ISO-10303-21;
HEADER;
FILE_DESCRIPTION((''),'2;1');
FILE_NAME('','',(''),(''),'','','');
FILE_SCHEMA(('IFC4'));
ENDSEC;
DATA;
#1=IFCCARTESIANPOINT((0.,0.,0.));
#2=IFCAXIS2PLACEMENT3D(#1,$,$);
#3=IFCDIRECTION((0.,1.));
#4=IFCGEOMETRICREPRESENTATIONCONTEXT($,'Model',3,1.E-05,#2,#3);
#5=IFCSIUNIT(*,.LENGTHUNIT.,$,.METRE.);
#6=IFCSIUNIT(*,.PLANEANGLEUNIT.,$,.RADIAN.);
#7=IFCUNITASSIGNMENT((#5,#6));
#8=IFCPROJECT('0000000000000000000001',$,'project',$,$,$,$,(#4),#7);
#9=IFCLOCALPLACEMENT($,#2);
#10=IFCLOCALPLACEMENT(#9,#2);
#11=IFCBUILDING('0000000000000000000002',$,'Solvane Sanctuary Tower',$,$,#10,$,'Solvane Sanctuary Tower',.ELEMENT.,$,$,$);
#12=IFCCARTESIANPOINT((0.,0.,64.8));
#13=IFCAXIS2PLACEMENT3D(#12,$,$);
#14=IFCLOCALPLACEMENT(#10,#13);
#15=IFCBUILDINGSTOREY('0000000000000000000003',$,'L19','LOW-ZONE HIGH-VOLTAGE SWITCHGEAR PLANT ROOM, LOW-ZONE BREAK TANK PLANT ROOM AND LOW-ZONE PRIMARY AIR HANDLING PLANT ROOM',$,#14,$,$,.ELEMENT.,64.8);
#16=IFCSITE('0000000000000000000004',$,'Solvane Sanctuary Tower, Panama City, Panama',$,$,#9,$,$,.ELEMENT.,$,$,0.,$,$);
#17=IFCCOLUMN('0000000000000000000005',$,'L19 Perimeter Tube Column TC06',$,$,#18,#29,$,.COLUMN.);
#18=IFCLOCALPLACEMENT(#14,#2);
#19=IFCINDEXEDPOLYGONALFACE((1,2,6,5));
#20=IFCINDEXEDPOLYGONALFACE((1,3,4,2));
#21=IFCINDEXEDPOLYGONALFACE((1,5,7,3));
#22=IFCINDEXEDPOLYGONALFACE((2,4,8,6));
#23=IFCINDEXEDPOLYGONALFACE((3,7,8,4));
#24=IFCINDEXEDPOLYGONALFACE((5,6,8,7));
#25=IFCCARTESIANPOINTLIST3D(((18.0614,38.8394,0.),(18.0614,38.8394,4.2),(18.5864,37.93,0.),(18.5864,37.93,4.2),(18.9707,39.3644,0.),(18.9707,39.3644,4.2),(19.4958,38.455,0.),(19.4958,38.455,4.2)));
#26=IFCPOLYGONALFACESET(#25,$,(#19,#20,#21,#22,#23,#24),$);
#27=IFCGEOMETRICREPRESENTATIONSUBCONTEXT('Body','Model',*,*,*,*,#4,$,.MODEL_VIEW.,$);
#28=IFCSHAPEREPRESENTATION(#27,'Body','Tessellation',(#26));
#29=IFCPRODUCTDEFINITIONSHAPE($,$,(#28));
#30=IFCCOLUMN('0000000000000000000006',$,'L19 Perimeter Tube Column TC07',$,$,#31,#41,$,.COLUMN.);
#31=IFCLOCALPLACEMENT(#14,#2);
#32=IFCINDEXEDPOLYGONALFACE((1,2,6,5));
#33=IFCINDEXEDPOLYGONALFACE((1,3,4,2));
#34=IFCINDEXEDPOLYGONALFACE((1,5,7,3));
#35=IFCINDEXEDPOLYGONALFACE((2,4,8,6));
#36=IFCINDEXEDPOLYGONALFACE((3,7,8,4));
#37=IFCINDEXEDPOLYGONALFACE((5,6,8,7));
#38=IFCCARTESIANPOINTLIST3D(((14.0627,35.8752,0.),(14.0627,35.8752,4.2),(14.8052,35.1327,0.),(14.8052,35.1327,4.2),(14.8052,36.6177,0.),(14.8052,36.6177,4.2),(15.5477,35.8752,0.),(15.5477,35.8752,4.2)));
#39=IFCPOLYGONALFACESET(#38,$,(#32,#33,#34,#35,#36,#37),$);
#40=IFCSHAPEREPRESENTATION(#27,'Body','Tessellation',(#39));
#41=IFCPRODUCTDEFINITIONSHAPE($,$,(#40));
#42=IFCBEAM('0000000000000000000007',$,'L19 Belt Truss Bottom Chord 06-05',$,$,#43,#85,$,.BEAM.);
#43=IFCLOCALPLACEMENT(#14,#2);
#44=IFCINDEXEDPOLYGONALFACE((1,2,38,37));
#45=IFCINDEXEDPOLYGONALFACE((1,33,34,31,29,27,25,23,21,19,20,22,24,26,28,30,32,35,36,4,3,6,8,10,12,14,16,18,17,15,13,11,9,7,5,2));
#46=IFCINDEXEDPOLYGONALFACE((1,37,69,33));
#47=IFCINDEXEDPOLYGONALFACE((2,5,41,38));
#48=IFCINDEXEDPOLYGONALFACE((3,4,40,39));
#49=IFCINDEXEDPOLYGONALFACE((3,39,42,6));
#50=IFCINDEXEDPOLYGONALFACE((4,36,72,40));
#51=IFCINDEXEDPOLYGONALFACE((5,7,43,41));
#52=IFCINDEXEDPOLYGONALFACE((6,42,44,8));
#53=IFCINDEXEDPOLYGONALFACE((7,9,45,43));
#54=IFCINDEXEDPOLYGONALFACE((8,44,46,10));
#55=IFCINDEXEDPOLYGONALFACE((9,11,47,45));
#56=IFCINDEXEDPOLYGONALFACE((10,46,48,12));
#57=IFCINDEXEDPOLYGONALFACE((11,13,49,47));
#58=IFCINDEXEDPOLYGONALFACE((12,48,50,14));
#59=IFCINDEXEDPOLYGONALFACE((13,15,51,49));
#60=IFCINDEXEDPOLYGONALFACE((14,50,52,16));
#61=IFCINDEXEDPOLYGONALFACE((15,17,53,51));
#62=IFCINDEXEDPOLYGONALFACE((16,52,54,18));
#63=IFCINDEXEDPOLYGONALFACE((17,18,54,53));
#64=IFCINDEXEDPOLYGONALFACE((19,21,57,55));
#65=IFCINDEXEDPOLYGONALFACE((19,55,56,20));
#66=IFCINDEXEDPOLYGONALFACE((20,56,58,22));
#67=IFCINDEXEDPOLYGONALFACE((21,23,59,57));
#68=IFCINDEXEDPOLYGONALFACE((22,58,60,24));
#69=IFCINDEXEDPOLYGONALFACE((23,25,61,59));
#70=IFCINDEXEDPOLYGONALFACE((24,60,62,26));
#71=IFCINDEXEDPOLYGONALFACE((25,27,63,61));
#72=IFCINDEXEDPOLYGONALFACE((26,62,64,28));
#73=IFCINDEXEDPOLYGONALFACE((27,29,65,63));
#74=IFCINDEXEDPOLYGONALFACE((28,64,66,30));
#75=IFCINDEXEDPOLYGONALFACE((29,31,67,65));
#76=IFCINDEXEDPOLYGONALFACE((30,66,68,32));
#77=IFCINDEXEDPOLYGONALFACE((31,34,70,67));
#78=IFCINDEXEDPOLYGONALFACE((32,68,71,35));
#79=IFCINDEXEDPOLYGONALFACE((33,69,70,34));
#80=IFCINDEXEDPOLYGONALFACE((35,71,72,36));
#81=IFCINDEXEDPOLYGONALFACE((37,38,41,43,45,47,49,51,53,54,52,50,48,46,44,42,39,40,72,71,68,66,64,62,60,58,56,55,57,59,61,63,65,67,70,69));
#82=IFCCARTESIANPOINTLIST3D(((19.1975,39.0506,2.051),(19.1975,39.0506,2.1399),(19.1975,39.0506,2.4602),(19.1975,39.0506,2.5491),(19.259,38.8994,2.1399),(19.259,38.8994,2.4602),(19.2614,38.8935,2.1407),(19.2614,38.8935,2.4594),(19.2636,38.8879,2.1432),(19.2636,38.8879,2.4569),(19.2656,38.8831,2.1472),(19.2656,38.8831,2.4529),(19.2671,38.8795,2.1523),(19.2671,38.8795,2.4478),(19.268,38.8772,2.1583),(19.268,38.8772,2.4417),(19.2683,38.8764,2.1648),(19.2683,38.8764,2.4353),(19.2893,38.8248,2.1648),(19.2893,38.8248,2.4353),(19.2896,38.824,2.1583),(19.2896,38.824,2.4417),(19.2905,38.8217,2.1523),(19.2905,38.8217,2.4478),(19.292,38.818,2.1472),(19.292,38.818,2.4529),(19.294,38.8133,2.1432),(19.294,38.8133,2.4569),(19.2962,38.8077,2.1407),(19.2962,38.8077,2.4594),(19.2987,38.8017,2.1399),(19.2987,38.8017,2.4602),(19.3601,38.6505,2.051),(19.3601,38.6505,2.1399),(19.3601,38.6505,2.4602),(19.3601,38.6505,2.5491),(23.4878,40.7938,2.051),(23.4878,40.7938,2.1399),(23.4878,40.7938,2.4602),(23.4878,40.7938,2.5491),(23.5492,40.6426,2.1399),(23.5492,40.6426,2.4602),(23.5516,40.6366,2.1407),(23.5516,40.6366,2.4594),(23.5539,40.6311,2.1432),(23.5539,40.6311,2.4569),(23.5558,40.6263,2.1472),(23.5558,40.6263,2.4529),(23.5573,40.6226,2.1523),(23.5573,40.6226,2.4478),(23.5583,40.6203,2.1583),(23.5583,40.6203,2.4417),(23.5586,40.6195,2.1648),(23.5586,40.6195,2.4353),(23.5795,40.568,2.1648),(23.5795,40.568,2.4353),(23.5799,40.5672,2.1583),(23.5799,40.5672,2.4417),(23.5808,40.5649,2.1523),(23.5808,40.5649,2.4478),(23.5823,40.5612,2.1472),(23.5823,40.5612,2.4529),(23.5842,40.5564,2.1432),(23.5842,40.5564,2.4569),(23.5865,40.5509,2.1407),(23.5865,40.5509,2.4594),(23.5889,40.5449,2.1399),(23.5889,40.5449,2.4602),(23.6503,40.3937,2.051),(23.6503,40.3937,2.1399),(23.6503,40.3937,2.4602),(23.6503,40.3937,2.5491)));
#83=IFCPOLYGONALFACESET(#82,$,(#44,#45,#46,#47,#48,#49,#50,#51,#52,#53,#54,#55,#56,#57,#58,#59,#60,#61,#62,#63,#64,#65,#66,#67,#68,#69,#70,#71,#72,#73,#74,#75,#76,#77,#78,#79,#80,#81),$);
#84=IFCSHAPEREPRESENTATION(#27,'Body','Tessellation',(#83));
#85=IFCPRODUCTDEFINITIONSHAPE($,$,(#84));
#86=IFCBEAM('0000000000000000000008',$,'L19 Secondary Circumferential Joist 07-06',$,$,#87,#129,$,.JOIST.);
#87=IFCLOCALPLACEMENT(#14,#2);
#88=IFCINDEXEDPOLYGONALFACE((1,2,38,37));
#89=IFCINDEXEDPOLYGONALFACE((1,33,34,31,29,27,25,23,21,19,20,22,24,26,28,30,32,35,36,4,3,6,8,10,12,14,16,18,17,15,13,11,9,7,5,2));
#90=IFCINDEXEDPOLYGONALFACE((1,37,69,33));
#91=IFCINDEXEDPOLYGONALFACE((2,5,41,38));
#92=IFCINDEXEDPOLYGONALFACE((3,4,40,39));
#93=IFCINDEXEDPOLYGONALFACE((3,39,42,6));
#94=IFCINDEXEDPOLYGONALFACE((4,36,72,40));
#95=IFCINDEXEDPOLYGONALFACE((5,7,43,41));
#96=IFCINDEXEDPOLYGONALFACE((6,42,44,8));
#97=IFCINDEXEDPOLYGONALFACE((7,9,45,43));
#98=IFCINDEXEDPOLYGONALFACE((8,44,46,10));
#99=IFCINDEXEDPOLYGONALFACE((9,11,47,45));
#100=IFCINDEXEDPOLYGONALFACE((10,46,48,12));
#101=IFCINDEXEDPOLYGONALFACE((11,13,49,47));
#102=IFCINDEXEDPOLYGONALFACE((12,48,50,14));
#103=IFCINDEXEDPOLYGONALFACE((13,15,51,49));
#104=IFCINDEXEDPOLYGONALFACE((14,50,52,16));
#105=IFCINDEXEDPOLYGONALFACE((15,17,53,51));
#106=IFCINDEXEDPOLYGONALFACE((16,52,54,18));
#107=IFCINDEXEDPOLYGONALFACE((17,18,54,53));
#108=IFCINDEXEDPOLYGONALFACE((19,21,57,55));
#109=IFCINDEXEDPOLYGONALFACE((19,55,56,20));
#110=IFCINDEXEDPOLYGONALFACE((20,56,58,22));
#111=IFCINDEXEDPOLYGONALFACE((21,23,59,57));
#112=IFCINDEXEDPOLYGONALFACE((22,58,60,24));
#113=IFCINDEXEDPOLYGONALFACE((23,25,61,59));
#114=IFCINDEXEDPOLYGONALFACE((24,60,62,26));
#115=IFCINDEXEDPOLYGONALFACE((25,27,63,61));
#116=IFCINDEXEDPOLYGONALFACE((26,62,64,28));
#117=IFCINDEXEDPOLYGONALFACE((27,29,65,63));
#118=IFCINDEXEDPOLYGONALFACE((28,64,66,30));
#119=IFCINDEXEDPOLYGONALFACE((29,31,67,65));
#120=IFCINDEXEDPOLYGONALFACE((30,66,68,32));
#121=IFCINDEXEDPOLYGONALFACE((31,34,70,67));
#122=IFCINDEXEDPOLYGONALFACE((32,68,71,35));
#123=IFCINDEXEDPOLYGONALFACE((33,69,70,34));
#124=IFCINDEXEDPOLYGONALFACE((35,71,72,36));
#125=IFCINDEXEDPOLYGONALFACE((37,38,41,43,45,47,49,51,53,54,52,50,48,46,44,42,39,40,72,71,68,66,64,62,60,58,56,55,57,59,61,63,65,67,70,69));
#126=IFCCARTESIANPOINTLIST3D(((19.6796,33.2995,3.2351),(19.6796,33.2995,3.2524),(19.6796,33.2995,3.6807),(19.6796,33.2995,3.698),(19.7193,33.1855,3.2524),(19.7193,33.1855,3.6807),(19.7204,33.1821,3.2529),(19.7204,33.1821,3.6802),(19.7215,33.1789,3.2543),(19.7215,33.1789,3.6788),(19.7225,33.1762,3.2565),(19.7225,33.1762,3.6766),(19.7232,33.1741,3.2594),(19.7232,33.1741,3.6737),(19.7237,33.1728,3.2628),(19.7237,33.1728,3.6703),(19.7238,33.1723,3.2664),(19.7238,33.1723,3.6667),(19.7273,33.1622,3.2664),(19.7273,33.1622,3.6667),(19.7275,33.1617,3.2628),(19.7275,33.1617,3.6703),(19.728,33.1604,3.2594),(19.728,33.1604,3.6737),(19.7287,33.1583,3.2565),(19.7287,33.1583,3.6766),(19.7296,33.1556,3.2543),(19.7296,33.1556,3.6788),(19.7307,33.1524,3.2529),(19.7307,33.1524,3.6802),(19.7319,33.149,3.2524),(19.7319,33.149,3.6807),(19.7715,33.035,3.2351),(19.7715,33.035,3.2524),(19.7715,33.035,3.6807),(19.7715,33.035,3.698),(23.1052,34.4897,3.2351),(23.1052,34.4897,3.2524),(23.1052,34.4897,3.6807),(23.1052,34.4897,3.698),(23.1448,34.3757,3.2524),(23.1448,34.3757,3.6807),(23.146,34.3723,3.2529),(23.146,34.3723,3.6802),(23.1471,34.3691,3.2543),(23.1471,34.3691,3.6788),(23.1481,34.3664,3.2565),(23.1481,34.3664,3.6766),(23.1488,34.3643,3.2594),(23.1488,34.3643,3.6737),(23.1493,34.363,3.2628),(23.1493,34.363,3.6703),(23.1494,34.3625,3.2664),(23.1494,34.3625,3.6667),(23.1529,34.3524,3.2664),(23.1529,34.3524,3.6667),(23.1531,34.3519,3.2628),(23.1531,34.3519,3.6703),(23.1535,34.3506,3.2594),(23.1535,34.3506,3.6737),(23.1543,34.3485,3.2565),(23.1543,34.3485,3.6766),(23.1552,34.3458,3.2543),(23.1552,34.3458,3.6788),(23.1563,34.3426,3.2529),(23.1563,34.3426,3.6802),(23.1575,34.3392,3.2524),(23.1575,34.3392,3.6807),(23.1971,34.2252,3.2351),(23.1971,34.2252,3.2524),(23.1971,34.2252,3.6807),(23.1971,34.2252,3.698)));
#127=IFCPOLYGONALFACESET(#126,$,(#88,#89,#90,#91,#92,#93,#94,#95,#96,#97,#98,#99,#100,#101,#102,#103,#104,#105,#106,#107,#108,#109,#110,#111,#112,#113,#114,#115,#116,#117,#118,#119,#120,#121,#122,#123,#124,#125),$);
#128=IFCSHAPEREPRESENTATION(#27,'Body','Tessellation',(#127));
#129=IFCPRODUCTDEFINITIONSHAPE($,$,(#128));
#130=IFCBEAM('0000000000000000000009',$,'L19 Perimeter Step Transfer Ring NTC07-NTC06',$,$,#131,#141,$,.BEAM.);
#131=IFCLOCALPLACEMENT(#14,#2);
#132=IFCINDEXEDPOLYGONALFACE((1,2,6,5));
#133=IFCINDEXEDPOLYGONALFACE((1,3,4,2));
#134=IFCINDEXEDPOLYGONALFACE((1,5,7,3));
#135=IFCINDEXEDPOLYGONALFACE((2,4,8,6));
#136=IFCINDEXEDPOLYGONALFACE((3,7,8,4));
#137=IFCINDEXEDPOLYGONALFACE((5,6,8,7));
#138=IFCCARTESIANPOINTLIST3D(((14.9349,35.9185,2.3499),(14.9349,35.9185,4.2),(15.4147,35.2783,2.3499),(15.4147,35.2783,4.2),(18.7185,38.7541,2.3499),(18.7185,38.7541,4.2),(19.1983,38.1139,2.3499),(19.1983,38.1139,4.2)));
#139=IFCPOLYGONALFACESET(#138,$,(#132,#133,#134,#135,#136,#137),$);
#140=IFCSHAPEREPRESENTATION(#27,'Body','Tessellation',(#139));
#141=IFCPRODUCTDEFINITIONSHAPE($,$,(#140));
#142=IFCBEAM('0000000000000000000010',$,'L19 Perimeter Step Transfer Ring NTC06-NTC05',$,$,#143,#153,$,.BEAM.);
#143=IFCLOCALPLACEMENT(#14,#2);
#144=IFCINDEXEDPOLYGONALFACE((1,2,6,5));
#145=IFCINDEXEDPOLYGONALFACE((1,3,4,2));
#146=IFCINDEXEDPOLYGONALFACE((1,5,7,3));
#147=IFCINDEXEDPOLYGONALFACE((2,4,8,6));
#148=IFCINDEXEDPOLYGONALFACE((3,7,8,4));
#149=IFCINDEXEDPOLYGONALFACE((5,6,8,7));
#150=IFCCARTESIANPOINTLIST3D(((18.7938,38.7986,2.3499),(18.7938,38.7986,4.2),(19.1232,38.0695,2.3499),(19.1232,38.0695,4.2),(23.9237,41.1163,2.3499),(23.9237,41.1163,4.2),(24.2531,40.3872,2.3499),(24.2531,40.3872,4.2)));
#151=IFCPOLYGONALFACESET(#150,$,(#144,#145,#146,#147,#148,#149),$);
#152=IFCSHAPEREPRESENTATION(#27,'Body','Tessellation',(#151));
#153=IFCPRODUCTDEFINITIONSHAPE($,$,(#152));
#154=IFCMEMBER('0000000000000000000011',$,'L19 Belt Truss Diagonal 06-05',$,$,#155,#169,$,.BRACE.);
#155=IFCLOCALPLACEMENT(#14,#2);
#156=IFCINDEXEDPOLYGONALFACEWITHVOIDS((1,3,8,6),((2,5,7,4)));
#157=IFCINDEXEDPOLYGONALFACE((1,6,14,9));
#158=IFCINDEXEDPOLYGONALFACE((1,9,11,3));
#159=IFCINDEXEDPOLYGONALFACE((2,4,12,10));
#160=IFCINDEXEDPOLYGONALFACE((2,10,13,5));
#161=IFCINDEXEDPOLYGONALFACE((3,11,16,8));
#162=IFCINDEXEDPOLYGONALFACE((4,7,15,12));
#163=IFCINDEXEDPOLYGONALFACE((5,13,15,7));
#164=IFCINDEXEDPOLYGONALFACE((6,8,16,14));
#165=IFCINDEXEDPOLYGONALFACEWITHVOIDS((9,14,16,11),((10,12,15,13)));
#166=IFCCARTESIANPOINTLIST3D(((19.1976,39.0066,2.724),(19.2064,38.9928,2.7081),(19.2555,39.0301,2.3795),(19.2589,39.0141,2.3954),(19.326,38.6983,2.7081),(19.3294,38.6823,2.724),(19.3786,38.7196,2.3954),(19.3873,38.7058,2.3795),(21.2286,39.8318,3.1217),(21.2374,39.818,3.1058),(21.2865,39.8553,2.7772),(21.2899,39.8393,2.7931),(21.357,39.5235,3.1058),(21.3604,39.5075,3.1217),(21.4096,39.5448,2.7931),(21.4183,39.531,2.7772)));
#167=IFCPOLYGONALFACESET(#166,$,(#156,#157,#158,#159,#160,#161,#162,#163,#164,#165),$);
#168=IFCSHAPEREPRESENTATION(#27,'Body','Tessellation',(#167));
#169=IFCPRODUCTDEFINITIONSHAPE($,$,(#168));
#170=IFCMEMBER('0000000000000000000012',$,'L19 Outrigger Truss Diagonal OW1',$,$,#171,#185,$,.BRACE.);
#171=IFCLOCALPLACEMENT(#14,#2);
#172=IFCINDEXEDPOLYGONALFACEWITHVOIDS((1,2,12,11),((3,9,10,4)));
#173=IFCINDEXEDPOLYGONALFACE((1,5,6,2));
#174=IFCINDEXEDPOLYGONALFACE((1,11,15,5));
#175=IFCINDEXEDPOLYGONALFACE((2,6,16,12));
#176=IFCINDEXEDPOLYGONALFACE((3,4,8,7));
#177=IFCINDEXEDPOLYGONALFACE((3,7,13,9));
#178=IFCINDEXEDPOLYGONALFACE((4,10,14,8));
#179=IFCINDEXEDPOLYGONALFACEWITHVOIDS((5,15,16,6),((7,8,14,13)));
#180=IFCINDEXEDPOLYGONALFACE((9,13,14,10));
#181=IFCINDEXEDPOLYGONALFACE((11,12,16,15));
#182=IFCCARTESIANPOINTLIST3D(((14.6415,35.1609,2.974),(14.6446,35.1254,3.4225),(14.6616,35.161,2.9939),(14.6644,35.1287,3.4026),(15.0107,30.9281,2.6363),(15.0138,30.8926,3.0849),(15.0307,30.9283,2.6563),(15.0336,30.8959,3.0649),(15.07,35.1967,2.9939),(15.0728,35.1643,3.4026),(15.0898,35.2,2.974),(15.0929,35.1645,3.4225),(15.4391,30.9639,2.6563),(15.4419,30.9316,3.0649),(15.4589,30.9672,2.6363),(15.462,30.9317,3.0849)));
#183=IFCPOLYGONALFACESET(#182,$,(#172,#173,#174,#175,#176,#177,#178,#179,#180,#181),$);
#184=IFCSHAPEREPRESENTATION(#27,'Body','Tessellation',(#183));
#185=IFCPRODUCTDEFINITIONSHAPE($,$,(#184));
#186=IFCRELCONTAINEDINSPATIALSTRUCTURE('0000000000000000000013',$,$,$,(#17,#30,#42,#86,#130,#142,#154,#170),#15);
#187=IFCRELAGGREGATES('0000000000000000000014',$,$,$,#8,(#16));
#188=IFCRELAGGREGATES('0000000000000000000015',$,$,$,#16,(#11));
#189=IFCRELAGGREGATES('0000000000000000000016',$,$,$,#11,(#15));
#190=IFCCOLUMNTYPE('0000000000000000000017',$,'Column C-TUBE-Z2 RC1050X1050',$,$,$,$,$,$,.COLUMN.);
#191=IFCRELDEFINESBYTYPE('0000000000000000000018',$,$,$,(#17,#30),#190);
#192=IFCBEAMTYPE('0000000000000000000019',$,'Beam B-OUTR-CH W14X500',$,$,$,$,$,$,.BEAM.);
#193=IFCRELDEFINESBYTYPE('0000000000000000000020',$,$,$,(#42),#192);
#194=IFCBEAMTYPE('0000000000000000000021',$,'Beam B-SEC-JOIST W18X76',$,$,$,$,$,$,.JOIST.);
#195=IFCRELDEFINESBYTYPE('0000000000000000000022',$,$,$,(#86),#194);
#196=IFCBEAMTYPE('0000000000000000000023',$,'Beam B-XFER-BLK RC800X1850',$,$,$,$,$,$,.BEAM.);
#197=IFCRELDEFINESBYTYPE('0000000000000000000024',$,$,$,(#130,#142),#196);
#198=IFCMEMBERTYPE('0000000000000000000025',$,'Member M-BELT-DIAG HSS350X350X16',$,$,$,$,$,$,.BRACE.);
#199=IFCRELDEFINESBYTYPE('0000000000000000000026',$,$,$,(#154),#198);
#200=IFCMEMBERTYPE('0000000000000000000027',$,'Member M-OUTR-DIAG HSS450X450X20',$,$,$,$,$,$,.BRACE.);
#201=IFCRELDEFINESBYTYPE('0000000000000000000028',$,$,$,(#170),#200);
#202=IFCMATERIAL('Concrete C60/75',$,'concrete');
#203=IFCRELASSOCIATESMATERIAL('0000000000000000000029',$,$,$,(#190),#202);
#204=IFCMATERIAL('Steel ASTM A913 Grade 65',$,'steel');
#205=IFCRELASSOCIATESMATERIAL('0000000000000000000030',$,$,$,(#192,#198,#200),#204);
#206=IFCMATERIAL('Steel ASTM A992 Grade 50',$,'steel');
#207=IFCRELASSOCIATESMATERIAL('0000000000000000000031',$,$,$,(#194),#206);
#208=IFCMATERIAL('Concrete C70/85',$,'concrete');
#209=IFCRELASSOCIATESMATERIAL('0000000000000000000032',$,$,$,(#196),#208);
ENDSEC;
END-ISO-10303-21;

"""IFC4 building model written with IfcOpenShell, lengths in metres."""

from ifc_helpers import new_model, si_unit, direction, frame, origin, origin_2d, place, context, subcontext, project, spatial, rectangle, hollow_rectangle, i_section, extrude, material, material_profile, profile_set, type_object, element, save


model = new_model("IFC4")

# Units and contexts
model_context = context("Model", 3, precision=1e-05, world=origin(), true_north=direction((0.0, 1.0)))
body_context = subcontext(model_context, "Body", "Model", "MODEL_VIEW")
ifc_project = project(units=[si_unit("LENGTHUNIT", "METRE"), si_unit("PLANEANGLEUNIT", "RADIAN")], contexts=[model_context])

# Site, building, storey
site_placement = place(None, origin())
site = spatial("IfcSite", under=ifc_project, at=site_placement, Name="Solvane Sanctuary Tower, Panama City, Panama", CompositionType="ELEMENT", RefElevation=0.0)
building_placement = place(site_placement, origin())
building = spatial("IfcBuilding", under=site, at=building_placement, Name="Solvane Sanctuary Tower", LongName="Solvane Sanctuary Tower", CompositionType="ELEMENT")
storey_placement = place(building_placement, frame((0.0, 0.0, 64.8)))
storey = spatial("IfcBuildingStorey", under=building, at=storey_placement, Name="L19", Description="LOW-ZONE HIGH-VOLTAGE SWITCHGEAR PLANT ROOM, LOW-ZONE BREAK TANK PLANT ROOM AND LOW-ZONE PRIMARY AIR HANDLING PLANT ROOM", CompositionType="ELEMENT", Elevation=64.8)

# Columns
ifc_material_1 = material(Name="Concrete C60/75", Category="concrete")
ifc_material_profile_1 = material_profile(ifc_material_1, rectangle(XDim=1.05, YDim=1.05, at=origin_2d()), Name="RC1050X1050")
ifc_profile_set_1 = profile_set([ifc_material_profile_1], Name="Concrete C60/75")
column_type = type_object("IfcColumnType", Name="Column C-TUBE-Z2 RC1050X1050", PredefinedType="COLUMN", material=ifc_profile_set_1)
for number, where, z_axis, x_axis, name in (
    (1, (18.7786, 38.6472, 0.0), (0.0, 0.0, 1.0), (-0.5, 0.866025, 0.0), "L19 Perimeter Tube Column TC06"),
    (2, (14.8052, 35.8752, 0.0), (0.0, 0.0, 1.0), (-0.707107, 0.707107, 0.0), "L19 Perimeter Tube Column TC07"),
):
    element("IfcColumn", number, at=place(storey_placement, frame(where, z_axis=z_axis, x_axis=x_axis)), inside=storey, type_object=column_type, Name=name, PredefinedType="COLUMN", context=body_context, shape_type="SweptSolid", body=[
        extrude(rectangle(XDim=1.05, YDim=1.05, at=origin_2d()), origin(), (0.0, 0.0, 1.0), 4.2),
    ])

# Beams
ifc_material_2 = material(Name="Steel ASTM A913 Grade 65", Category="steel")
ifc_material_profile_2 = material_profile(ifc_material_2, i_section(OverallWidth=0.4319, OverallDepth=0.498, WebThickness=0.0557, FlangeThickness=0.0889, FilletRadius=0.0249, at=origin_2d()), Name="W14X500")
ifc_profile_set_2 = profile_set([ifc_material_profile_2], Name="Steel ASTM A913 Grade 65")
beam_type_1 = type_object("IfcBeamType", Name="Beam B-OUTR-CH W14X500", PredefinedType="BEAM", material=ifc_profile_set_2)
beam_1_placement = place(storey_placement, frame((19.2788, 38.8506, 2.3), z_axis=(0.926449, 0.376421, 0.0), x_axis=(-0.376421, 0.926449, 0.0)))
element("IfcBeam", 3, at=beam_1_placement, inside=storey, type_object=beam_type_1, Name="L19 Belt Truss Bottom Chord 06-05", PredefinedType="BEAM", context=body_context, shape_type="SweptSolid", body=[
    extrude(i_section(OverallWidth=0.4319, OverallDepth=0.498, WebThickness=0.0557, FlangeThickness=0.0889, FilletRadius=0.0249, at=origin_2d()), origin(), (0.0, 0.0, 1.0), 4.6309),
])
ifc_material_3 = material(Name="Steel ASTM A992 Grade 50", Category="steel")
ifc_material_profile_3 = material_profile(ifc_material_3, i_section(OverallWidth=0.28, OverallDepth=0.4629, WebThickness=0.0107, FlangeThickness=0.0173, FilletRadius=0.0139, at=origin_2d()), Name="W18X76")
ifc_profile_set_3 = profile_set([ifc_material_profile_3], Name="Steel ASTM A992 Grade 50")
beam_type_2 = type_object("IfcBeamType", Name="Beam B-SEC-JOIST W18X76", PredefinedType="JOIST", material=ifc_profile_set_3)
beam_2_placement = place(storey_placement, frame((19.7256, 33.1672, 3.4666), z_axis=(0.944608, 0.328199, 0.0), x_axis=(-0.328199, 0.944608, 0.0)))
element("IfcBeam", 4, at=beam_2_placement, inside=storey, type_object=beam_type_2, Name="L19 Secondary Circumferential Joist 07-06", PredefinedType="JOIST", context=body_context, shape_type="SweptSolid", body=[
    extrude(i_section(OverallWidth=0.28, OverallDepth=0.4629, WebThickness=0.0107, FlangeThickness=0.0173, FilletRadius=0.0139, at=origin_2d()), origin(), (0.0, 0.0, 1.0), 3.6265),
])
ifc_material_4 = material(Name="Concrete C70/85", Category="concrete")
ifc_material_profile_4 = material_profile(ifc_material_4, rectangle(XDim=0.8, YDim=1.8501, at=origin_2d()), Name="RC800X1850")
ifc_profile_set_4 = profile_set([ifc_material_profile_4], Name="Concrete C70/85")
beam_type_3 = type_object("IfcBeamType", Name="Beam B-XFER-BLK RC800X1850", PredefinedType="BEAM", material=ifc_profile_set_4)
beam_3_placement = place(storey_placement, frame((15.1748, 35.5984, 3.2749), z_axis=(0.800211, 0.599719, 0.0), x_axis=(-0.599719, 0.800211, 0.0)))
element("IfcBeam", 5, at=beam_3_placement, inside=storey, type_object=beam_type_3, Name="L19 Perimeter Step Transfer Ring NTC07-NTC06", PredefinedType="BEAM", context=body_context, shape_type="SweptSolid", body=[
    extrude(rectangle(XDim=0.8, YDim=1.8501, at=origin_2d()), origin(), (0.0, 0.0, 1.0), 4.7283),
])
beam_4_placement = place(storey_placement, frame((18.9585, 38.4341, 3.2749), z_axis=(0.91131, 0.41172, 0.0), x_axis=(-0.41172, 0.91131, 0.0)))
element("IfcBeam", 6, at=beam_4_placement, inside=storey, type_object=beam_type_3, Name="L19 Perimeter Step Transfer Ring NTC06-NTC05", PredefinedType="BEAM", context=body_context, shape_type="SweptSolid", body=[
    extrude(rectangle(XDim=0.8, YDim=1.8501, at=origin_2d()), origin(), (0.0, 0.0, 1.0), 5.6292),
])

# Members
ifc_material_profile_5 = material_profile(ifc_material_2, hollow_rectangle(XDim=0.3501, YDim=0.3501, WallThickness=0.0161, at=origin_2d()), Name="HSS350X350X16")
ifc_profile_set_5 = profile_set([ifc_material_profile_5], Name="Steel ASTM A913 Grade 65")
member_type_1 = type_object("IfcMemberType", Name="Member M-BELT-DIAG HSS350X350X16", PredefinedType="BRACE", material=ifc_profile_set_5)
member_1_placement = place(storey_placement, frame((19.2925, 38.8562, 2.5518), z_axis=(0.911572, 0.370371, 0.178501), x_axis=(-0.376416, 0.926451, 0.0)))
element("IfcMember", 7, at=member_1_placement, inside=storey, type_object=member_type_1, Name="L19 Belt Truss Diagonal 06-05", PredefinedType="BRACE", context=body_context, shape_type="SweptSolid", body=[
    extrude(hollow_rectangle(XDim=0.3501, YDim=0.3501, WallThickness=0.0161, at=origin_2d()), origin(), (0.0, 0.0, 1.0), 2.228),
])
ifc_material_profile_6 = material_profile(ifc_material_2, hollow_rectangle(XDim=0.45, YDim=0.45, WallThickness=0.02, at=origin_2d()), Name="HSS450X450X20")
ifc_profile_set_6 = profile_set([ifc_material_profile_6], Name="Steel ASTM A913 Grade 65")
member_type_2 = type_object("IfcMemberType", Name="Member M-OUTR-DIAG HSS450X450X20", PredefinedType="BRACE", material=ifc_profile_set_6)
member_2_placement = place(storey_placement, frame((15.2363, 30.9299, 2.8606), z_axis=(-0.086609, 0.993088, 0.07922), x_axis=(-0.996219, -0.086883, 0.0)))
element("IfcMember", 8, at=member_2_placement, inside=storey, type_object=member_type_2, Name="L19 Outrigger Truss Diagonal OW1", PredefinedType="BRACE", context=body_context, shape_type="SweptSolid", body=[
    extrude(hollow_rectangle(XDim=0.45, YDim=0.45, WallThickness=0.02, at=origin_2d()), origin(), (0.0, 0.0, 1.0), 4.2622),
])

save(model, "model.ifc")
